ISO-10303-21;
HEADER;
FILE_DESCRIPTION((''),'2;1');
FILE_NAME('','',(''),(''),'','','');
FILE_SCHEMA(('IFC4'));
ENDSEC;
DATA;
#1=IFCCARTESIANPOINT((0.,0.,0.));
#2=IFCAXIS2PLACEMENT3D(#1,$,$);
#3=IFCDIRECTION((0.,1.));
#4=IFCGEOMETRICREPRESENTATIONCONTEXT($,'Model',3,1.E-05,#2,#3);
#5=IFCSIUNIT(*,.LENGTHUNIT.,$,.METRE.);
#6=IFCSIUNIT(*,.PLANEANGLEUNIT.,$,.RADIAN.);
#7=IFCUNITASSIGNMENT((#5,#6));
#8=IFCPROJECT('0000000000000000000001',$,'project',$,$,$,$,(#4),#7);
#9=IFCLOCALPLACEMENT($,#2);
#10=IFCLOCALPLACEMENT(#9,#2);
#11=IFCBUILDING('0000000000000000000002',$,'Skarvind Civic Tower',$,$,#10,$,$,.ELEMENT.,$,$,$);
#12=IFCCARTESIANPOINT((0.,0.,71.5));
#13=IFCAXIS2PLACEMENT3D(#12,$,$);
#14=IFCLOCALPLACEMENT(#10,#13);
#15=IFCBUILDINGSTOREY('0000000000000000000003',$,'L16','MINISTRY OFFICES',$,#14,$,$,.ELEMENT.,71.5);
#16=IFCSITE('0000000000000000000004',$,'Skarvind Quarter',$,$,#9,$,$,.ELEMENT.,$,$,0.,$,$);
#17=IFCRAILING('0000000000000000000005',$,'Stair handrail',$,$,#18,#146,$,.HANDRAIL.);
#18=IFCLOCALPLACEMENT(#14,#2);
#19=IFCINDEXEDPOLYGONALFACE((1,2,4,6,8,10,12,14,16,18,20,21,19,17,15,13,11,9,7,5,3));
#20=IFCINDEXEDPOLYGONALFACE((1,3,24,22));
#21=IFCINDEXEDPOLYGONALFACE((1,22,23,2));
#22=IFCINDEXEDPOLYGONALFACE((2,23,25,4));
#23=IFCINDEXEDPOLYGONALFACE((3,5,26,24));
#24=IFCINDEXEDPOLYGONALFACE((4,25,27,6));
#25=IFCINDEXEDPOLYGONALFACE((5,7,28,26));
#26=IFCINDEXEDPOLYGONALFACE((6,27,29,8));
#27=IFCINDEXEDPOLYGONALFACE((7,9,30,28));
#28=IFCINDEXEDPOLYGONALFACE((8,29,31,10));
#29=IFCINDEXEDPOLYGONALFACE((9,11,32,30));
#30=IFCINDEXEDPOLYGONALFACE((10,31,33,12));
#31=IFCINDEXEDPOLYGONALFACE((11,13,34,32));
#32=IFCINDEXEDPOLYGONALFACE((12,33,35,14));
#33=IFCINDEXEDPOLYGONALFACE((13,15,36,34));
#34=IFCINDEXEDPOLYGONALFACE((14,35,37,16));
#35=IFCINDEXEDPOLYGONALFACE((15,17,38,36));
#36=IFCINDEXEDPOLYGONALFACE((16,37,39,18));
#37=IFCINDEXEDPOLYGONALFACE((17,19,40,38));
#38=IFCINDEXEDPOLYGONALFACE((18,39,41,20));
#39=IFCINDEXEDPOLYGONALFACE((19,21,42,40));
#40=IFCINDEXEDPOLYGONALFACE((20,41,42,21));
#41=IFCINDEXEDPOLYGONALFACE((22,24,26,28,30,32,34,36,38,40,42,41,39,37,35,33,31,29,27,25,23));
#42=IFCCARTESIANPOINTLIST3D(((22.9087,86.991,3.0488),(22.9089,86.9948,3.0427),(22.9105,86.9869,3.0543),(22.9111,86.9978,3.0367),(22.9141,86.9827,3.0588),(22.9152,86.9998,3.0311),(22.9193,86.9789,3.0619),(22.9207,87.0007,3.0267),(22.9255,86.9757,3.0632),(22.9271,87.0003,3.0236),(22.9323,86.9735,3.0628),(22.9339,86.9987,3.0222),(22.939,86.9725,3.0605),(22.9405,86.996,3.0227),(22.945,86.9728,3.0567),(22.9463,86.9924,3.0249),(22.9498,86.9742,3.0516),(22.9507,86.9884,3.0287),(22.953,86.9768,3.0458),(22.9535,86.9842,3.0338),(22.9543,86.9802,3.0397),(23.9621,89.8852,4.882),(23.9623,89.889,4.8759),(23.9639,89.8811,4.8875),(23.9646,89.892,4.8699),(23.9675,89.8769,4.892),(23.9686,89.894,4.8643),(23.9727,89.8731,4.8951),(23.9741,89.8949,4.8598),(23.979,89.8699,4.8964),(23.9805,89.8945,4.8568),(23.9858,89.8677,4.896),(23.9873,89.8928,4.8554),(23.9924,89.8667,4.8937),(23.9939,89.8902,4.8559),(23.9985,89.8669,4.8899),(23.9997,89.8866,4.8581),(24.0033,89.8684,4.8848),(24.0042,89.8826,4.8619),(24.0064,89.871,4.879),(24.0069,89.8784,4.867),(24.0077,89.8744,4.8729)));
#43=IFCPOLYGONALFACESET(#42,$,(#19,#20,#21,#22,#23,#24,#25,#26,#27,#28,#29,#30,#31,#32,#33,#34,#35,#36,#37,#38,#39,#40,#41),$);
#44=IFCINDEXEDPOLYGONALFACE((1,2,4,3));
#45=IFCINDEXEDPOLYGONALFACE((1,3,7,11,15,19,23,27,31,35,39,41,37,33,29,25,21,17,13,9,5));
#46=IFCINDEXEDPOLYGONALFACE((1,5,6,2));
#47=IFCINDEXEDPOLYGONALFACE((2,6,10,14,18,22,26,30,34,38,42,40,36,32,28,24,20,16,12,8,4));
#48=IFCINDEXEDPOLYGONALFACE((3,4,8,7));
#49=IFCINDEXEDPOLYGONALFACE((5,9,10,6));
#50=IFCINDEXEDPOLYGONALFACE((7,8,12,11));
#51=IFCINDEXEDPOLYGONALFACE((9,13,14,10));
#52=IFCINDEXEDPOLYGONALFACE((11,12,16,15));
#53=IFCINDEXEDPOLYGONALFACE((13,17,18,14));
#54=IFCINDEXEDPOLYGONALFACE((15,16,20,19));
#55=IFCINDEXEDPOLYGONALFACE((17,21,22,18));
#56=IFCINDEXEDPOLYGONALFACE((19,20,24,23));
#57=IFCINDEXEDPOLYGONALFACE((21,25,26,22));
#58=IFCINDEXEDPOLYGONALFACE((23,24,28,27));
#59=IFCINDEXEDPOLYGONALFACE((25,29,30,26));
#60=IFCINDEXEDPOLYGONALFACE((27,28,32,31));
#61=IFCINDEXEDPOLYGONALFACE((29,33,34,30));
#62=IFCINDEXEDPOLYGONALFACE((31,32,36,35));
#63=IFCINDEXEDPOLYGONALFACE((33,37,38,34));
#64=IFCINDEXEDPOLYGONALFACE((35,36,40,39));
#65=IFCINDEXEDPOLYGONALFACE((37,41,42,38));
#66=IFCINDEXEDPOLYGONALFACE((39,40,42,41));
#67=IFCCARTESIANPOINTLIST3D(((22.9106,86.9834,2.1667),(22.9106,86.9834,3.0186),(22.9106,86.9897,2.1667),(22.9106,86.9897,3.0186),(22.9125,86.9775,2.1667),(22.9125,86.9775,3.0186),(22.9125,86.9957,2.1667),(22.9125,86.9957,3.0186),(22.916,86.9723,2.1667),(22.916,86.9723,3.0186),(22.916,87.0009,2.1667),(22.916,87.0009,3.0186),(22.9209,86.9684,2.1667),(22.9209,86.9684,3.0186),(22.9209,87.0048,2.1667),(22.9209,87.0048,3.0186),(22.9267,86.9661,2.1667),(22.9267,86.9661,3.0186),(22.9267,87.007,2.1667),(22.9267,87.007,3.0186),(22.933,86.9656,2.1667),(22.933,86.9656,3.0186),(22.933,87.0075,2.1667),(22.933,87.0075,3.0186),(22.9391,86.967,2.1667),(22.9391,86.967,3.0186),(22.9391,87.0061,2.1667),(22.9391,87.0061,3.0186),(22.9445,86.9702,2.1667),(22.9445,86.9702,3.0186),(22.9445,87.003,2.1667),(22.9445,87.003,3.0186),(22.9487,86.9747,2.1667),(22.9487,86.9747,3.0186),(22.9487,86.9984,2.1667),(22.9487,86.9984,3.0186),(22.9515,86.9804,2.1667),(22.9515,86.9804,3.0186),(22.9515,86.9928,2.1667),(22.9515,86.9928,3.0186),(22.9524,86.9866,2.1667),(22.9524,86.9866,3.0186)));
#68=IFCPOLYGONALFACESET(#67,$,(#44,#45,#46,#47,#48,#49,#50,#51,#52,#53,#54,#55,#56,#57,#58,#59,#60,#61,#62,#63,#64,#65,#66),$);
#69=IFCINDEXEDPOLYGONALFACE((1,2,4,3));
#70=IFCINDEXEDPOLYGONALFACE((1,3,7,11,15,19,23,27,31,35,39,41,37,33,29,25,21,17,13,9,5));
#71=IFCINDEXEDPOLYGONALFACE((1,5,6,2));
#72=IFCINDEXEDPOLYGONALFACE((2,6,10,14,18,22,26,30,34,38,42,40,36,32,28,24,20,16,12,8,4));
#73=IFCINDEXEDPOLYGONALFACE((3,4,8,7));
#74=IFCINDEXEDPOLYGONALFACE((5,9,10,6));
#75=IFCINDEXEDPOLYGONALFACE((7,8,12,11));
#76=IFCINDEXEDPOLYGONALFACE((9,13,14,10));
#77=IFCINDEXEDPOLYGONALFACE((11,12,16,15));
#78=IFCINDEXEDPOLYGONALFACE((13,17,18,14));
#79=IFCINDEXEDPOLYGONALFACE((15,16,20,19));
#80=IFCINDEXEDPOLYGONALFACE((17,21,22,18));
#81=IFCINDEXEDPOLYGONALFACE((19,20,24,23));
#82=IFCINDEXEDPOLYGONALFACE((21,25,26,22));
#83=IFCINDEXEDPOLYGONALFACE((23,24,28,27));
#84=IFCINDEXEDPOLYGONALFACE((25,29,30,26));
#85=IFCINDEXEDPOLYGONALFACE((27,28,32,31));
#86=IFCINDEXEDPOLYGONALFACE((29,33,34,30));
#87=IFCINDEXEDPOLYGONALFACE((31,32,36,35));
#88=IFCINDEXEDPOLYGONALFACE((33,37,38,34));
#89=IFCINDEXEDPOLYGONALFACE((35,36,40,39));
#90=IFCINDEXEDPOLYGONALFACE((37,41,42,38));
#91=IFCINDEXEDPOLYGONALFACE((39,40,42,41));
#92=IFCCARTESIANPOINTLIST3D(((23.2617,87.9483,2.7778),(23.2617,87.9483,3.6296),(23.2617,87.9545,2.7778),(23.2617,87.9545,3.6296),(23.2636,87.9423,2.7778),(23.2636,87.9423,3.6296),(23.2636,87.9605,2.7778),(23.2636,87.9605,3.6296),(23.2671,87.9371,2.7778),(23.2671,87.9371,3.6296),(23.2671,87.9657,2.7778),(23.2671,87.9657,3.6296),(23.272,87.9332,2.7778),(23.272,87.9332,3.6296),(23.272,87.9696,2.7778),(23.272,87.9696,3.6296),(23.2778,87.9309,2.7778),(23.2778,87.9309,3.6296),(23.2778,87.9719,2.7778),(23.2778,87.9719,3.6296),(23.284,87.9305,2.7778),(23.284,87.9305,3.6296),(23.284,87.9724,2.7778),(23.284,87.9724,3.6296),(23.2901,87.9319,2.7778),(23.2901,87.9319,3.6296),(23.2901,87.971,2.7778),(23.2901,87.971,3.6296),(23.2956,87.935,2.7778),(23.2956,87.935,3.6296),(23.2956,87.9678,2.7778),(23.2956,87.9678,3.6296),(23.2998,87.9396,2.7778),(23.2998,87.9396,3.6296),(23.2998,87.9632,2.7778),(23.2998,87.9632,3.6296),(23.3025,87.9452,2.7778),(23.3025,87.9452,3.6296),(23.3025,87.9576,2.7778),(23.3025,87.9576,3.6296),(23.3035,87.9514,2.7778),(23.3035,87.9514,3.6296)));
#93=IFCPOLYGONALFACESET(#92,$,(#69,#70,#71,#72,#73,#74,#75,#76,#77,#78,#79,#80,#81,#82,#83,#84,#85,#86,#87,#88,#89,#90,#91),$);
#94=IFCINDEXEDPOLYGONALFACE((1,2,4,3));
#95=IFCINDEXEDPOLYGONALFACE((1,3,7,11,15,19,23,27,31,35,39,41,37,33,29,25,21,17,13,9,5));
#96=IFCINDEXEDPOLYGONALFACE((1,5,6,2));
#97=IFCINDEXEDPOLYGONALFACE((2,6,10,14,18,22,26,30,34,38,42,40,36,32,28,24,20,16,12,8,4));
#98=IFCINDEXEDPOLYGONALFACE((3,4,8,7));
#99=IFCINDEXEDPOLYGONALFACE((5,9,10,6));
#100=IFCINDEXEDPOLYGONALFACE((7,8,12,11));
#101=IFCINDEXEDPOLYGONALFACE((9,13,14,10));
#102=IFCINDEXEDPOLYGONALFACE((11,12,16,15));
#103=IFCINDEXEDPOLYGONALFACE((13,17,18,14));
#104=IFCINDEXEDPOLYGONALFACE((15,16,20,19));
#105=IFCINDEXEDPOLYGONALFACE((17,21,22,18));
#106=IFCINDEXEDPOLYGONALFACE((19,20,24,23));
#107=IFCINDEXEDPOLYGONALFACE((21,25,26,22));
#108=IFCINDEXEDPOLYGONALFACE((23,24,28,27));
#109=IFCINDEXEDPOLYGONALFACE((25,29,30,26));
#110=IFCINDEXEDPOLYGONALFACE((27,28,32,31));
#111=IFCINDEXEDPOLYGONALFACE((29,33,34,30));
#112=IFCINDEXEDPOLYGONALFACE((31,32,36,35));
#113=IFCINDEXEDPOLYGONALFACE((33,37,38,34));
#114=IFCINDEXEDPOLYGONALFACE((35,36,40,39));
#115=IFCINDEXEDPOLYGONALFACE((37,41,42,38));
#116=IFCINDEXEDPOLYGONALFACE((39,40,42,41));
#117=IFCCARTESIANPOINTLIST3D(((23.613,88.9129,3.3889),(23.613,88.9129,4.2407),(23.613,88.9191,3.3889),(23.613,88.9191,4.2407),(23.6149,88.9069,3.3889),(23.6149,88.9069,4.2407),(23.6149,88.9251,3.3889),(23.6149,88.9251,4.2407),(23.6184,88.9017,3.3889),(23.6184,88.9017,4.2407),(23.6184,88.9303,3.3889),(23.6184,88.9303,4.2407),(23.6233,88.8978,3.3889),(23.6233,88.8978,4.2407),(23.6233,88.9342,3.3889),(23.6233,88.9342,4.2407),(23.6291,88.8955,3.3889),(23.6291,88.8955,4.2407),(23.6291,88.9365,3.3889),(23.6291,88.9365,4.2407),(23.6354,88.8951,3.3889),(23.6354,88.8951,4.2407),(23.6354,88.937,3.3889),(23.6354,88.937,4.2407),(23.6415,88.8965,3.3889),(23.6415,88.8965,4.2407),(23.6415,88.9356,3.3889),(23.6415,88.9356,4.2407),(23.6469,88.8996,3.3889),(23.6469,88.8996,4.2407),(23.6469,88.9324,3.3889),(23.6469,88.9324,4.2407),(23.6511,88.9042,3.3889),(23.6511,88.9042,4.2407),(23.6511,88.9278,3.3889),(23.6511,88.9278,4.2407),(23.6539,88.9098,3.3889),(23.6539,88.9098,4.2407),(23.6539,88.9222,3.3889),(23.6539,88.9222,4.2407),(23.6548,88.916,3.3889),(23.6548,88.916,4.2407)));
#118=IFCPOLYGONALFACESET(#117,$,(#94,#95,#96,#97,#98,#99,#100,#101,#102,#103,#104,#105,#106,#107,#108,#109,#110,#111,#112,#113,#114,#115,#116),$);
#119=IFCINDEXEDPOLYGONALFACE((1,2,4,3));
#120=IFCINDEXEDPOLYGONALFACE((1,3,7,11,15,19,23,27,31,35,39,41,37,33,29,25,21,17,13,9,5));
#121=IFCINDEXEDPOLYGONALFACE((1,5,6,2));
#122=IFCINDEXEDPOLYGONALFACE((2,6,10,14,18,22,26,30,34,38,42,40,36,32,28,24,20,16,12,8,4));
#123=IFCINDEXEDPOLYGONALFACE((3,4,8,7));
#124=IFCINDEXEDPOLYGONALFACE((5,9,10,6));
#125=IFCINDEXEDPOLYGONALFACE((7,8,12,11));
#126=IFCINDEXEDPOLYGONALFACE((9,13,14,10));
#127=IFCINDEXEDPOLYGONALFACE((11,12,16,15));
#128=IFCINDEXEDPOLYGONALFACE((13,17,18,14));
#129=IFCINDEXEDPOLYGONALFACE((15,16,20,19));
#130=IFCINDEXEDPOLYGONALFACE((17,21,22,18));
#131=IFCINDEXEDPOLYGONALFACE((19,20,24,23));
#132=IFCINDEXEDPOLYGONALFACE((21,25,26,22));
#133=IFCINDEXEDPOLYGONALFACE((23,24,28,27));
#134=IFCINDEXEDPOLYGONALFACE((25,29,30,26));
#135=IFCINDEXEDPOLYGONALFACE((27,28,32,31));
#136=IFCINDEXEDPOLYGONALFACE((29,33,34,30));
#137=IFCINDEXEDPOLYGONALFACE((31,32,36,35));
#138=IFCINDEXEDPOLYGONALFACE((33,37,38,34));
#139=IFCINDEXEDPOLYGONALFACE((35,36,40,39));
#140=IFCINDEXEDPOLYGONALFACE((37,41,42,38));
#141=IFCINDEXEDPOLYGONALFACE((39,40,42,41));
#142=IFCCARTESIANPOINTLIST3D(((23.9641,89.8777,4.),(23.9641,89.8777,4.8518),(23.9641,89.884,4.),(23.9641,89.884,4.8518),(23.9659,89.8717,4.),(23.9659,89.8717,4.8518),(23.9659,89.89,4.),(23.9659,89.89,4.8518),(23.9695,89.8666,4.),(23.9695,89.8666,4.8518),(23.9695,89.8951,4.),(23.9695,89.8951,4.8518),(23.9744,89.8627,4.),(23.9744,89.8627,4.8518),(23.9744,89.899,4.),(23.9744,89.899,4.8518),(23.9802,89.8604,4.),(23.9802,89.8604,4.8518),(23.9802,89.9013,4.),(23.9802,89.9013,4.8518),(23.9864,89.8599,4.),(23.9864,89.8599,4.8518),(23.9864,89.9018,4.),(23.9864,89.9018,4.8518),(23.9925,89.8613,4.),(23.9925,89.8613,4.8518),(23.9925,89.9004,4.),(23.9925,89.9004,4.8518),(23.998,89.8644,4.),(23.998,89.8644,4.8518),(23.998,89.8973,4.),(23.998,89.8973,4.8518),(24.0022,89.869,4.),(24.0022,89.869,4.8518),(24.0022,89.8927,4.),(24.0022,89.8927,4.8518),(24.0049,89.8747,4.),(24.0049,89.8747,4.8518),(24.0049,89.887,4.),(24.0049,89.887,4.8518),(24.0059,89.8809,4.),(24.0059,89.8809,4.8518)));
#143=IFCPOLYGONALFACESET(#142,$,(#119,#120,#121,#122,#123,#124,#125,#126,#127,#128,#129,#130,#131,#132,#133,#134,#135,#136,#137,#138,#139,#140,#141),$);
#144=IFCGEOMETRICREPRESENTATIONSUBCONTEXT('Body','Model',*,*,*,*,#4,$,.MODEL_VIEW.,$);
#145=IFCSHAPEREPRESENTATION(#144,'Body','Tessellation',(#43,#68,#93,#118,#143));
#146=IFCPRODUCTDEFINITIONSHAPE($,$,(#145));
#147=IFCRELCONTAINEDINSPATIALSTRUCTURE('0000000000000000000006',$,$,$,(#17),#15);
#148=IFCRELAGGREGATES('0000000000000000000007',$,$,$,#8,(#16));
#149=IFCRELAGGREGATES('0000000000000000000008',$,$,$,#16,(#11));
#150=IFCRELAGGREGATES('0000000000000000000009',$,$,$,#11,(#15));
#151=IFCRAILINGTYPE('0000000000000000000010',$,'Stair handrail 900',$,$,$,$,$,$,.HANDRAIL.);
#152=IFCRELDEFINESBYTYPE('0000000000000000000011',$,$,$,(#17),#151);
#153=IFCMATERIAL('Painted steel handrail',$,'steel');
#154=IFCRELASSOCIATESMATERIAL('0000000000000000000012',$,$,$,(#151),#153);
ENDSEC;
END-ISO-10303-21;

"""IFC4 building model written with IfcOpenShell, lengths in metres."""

from ifc_helpers import new_model, si_unit, direction, frame, origin, origin_2d, place, context, subcontext, project, spatial, circle, extrude, material, type_object, element, save


model = new_model("IFC4")

# Units and contexts
model_context = context("Model", 3, precision=1e-05, world=origin(), true_north=direction((0.0, 1.0)))
body_context = subcontext(model_context, "Body", "Model", "MODEL_VIEW")
ifc_project = project(units=[si_unit("LENGTHUNIT", "METRE"), si_unit("PLANEANGLEUNIT", "RADIAN")], contexts=[model_context])

# Site, building, storey
site_placement = place(None, origin())
site = spatial("IfcSite", under=ifc_project, at=site_placement, Name="Skarvind Quarter", CompositionType="ELEMENT", RefElevation=0.0)
building_placement = place(site_placement, origin())
building = spatial("IfcBuilding", under=site, at=building_placement, Name="Skarvind Civic Tower", CompositionType="ELEMENT")
storey_placement = place(building_placement, frame((0.0, 0.0, 71.5)))
storey = spatial("IfcBuildingStorey", under=building, at=storey_placement, Name="L16", Description="MINISTRY OFFICES", CompositionType="ELEMENT", Elevation=71.5)

# Railing
ifc_material_1 = material(Name="Painted steel handrail", Category="steel")
railing_type = type_object("IfcRailingType", Name="Stair handrail 900", PredefinedType="HANDRAIL", material=ifc_material_1)
railing_1_placement = place(storey_placement, frame((22.9314, 86.9866, 2.1667)))
element("IfcRailing", 1, at=railing_1_placement, inside=storey, type_object=railing_type, Name="Stair handrail", PredefinedType="HANDRAIL", context=body_context, shape_type="SweptSolid", body=[
    extrude(circle(Radius=0.0239, at=origin_2d()), frame((0.0, 0.0, 0.876), z_axis=(0.293908, 0.807481, 0.511461), x_axis=(-0.939689, 0.342029, 0.0)), (0.0, 0.0, 1.0), 3.5842),
    extrude(circle(Radius=0.021, at=origin_2d()), origin(), (0.0, 0.0, 1.0), 0.8518),
    extrude(circle(Radius=0.021, at=origin_2d()), frame((0.3511, 0.9648, 0.6111)), (0.0, 0.0, 1.0), 0.8518),
    extrude(circle(Radius=0.021, at=origin_2d()), frame((0.7024, 1.9294, 1.2222)), (0.0, 0.0, 1.0), 0.8518),
    extrude(circle(Radius=0.021, at=origin_2d()), frame((1.0535, 2.8943, 1.8333)), (0.0, 0.0, 1.0), 0.8518),
])

save(model, "model.ifc")
